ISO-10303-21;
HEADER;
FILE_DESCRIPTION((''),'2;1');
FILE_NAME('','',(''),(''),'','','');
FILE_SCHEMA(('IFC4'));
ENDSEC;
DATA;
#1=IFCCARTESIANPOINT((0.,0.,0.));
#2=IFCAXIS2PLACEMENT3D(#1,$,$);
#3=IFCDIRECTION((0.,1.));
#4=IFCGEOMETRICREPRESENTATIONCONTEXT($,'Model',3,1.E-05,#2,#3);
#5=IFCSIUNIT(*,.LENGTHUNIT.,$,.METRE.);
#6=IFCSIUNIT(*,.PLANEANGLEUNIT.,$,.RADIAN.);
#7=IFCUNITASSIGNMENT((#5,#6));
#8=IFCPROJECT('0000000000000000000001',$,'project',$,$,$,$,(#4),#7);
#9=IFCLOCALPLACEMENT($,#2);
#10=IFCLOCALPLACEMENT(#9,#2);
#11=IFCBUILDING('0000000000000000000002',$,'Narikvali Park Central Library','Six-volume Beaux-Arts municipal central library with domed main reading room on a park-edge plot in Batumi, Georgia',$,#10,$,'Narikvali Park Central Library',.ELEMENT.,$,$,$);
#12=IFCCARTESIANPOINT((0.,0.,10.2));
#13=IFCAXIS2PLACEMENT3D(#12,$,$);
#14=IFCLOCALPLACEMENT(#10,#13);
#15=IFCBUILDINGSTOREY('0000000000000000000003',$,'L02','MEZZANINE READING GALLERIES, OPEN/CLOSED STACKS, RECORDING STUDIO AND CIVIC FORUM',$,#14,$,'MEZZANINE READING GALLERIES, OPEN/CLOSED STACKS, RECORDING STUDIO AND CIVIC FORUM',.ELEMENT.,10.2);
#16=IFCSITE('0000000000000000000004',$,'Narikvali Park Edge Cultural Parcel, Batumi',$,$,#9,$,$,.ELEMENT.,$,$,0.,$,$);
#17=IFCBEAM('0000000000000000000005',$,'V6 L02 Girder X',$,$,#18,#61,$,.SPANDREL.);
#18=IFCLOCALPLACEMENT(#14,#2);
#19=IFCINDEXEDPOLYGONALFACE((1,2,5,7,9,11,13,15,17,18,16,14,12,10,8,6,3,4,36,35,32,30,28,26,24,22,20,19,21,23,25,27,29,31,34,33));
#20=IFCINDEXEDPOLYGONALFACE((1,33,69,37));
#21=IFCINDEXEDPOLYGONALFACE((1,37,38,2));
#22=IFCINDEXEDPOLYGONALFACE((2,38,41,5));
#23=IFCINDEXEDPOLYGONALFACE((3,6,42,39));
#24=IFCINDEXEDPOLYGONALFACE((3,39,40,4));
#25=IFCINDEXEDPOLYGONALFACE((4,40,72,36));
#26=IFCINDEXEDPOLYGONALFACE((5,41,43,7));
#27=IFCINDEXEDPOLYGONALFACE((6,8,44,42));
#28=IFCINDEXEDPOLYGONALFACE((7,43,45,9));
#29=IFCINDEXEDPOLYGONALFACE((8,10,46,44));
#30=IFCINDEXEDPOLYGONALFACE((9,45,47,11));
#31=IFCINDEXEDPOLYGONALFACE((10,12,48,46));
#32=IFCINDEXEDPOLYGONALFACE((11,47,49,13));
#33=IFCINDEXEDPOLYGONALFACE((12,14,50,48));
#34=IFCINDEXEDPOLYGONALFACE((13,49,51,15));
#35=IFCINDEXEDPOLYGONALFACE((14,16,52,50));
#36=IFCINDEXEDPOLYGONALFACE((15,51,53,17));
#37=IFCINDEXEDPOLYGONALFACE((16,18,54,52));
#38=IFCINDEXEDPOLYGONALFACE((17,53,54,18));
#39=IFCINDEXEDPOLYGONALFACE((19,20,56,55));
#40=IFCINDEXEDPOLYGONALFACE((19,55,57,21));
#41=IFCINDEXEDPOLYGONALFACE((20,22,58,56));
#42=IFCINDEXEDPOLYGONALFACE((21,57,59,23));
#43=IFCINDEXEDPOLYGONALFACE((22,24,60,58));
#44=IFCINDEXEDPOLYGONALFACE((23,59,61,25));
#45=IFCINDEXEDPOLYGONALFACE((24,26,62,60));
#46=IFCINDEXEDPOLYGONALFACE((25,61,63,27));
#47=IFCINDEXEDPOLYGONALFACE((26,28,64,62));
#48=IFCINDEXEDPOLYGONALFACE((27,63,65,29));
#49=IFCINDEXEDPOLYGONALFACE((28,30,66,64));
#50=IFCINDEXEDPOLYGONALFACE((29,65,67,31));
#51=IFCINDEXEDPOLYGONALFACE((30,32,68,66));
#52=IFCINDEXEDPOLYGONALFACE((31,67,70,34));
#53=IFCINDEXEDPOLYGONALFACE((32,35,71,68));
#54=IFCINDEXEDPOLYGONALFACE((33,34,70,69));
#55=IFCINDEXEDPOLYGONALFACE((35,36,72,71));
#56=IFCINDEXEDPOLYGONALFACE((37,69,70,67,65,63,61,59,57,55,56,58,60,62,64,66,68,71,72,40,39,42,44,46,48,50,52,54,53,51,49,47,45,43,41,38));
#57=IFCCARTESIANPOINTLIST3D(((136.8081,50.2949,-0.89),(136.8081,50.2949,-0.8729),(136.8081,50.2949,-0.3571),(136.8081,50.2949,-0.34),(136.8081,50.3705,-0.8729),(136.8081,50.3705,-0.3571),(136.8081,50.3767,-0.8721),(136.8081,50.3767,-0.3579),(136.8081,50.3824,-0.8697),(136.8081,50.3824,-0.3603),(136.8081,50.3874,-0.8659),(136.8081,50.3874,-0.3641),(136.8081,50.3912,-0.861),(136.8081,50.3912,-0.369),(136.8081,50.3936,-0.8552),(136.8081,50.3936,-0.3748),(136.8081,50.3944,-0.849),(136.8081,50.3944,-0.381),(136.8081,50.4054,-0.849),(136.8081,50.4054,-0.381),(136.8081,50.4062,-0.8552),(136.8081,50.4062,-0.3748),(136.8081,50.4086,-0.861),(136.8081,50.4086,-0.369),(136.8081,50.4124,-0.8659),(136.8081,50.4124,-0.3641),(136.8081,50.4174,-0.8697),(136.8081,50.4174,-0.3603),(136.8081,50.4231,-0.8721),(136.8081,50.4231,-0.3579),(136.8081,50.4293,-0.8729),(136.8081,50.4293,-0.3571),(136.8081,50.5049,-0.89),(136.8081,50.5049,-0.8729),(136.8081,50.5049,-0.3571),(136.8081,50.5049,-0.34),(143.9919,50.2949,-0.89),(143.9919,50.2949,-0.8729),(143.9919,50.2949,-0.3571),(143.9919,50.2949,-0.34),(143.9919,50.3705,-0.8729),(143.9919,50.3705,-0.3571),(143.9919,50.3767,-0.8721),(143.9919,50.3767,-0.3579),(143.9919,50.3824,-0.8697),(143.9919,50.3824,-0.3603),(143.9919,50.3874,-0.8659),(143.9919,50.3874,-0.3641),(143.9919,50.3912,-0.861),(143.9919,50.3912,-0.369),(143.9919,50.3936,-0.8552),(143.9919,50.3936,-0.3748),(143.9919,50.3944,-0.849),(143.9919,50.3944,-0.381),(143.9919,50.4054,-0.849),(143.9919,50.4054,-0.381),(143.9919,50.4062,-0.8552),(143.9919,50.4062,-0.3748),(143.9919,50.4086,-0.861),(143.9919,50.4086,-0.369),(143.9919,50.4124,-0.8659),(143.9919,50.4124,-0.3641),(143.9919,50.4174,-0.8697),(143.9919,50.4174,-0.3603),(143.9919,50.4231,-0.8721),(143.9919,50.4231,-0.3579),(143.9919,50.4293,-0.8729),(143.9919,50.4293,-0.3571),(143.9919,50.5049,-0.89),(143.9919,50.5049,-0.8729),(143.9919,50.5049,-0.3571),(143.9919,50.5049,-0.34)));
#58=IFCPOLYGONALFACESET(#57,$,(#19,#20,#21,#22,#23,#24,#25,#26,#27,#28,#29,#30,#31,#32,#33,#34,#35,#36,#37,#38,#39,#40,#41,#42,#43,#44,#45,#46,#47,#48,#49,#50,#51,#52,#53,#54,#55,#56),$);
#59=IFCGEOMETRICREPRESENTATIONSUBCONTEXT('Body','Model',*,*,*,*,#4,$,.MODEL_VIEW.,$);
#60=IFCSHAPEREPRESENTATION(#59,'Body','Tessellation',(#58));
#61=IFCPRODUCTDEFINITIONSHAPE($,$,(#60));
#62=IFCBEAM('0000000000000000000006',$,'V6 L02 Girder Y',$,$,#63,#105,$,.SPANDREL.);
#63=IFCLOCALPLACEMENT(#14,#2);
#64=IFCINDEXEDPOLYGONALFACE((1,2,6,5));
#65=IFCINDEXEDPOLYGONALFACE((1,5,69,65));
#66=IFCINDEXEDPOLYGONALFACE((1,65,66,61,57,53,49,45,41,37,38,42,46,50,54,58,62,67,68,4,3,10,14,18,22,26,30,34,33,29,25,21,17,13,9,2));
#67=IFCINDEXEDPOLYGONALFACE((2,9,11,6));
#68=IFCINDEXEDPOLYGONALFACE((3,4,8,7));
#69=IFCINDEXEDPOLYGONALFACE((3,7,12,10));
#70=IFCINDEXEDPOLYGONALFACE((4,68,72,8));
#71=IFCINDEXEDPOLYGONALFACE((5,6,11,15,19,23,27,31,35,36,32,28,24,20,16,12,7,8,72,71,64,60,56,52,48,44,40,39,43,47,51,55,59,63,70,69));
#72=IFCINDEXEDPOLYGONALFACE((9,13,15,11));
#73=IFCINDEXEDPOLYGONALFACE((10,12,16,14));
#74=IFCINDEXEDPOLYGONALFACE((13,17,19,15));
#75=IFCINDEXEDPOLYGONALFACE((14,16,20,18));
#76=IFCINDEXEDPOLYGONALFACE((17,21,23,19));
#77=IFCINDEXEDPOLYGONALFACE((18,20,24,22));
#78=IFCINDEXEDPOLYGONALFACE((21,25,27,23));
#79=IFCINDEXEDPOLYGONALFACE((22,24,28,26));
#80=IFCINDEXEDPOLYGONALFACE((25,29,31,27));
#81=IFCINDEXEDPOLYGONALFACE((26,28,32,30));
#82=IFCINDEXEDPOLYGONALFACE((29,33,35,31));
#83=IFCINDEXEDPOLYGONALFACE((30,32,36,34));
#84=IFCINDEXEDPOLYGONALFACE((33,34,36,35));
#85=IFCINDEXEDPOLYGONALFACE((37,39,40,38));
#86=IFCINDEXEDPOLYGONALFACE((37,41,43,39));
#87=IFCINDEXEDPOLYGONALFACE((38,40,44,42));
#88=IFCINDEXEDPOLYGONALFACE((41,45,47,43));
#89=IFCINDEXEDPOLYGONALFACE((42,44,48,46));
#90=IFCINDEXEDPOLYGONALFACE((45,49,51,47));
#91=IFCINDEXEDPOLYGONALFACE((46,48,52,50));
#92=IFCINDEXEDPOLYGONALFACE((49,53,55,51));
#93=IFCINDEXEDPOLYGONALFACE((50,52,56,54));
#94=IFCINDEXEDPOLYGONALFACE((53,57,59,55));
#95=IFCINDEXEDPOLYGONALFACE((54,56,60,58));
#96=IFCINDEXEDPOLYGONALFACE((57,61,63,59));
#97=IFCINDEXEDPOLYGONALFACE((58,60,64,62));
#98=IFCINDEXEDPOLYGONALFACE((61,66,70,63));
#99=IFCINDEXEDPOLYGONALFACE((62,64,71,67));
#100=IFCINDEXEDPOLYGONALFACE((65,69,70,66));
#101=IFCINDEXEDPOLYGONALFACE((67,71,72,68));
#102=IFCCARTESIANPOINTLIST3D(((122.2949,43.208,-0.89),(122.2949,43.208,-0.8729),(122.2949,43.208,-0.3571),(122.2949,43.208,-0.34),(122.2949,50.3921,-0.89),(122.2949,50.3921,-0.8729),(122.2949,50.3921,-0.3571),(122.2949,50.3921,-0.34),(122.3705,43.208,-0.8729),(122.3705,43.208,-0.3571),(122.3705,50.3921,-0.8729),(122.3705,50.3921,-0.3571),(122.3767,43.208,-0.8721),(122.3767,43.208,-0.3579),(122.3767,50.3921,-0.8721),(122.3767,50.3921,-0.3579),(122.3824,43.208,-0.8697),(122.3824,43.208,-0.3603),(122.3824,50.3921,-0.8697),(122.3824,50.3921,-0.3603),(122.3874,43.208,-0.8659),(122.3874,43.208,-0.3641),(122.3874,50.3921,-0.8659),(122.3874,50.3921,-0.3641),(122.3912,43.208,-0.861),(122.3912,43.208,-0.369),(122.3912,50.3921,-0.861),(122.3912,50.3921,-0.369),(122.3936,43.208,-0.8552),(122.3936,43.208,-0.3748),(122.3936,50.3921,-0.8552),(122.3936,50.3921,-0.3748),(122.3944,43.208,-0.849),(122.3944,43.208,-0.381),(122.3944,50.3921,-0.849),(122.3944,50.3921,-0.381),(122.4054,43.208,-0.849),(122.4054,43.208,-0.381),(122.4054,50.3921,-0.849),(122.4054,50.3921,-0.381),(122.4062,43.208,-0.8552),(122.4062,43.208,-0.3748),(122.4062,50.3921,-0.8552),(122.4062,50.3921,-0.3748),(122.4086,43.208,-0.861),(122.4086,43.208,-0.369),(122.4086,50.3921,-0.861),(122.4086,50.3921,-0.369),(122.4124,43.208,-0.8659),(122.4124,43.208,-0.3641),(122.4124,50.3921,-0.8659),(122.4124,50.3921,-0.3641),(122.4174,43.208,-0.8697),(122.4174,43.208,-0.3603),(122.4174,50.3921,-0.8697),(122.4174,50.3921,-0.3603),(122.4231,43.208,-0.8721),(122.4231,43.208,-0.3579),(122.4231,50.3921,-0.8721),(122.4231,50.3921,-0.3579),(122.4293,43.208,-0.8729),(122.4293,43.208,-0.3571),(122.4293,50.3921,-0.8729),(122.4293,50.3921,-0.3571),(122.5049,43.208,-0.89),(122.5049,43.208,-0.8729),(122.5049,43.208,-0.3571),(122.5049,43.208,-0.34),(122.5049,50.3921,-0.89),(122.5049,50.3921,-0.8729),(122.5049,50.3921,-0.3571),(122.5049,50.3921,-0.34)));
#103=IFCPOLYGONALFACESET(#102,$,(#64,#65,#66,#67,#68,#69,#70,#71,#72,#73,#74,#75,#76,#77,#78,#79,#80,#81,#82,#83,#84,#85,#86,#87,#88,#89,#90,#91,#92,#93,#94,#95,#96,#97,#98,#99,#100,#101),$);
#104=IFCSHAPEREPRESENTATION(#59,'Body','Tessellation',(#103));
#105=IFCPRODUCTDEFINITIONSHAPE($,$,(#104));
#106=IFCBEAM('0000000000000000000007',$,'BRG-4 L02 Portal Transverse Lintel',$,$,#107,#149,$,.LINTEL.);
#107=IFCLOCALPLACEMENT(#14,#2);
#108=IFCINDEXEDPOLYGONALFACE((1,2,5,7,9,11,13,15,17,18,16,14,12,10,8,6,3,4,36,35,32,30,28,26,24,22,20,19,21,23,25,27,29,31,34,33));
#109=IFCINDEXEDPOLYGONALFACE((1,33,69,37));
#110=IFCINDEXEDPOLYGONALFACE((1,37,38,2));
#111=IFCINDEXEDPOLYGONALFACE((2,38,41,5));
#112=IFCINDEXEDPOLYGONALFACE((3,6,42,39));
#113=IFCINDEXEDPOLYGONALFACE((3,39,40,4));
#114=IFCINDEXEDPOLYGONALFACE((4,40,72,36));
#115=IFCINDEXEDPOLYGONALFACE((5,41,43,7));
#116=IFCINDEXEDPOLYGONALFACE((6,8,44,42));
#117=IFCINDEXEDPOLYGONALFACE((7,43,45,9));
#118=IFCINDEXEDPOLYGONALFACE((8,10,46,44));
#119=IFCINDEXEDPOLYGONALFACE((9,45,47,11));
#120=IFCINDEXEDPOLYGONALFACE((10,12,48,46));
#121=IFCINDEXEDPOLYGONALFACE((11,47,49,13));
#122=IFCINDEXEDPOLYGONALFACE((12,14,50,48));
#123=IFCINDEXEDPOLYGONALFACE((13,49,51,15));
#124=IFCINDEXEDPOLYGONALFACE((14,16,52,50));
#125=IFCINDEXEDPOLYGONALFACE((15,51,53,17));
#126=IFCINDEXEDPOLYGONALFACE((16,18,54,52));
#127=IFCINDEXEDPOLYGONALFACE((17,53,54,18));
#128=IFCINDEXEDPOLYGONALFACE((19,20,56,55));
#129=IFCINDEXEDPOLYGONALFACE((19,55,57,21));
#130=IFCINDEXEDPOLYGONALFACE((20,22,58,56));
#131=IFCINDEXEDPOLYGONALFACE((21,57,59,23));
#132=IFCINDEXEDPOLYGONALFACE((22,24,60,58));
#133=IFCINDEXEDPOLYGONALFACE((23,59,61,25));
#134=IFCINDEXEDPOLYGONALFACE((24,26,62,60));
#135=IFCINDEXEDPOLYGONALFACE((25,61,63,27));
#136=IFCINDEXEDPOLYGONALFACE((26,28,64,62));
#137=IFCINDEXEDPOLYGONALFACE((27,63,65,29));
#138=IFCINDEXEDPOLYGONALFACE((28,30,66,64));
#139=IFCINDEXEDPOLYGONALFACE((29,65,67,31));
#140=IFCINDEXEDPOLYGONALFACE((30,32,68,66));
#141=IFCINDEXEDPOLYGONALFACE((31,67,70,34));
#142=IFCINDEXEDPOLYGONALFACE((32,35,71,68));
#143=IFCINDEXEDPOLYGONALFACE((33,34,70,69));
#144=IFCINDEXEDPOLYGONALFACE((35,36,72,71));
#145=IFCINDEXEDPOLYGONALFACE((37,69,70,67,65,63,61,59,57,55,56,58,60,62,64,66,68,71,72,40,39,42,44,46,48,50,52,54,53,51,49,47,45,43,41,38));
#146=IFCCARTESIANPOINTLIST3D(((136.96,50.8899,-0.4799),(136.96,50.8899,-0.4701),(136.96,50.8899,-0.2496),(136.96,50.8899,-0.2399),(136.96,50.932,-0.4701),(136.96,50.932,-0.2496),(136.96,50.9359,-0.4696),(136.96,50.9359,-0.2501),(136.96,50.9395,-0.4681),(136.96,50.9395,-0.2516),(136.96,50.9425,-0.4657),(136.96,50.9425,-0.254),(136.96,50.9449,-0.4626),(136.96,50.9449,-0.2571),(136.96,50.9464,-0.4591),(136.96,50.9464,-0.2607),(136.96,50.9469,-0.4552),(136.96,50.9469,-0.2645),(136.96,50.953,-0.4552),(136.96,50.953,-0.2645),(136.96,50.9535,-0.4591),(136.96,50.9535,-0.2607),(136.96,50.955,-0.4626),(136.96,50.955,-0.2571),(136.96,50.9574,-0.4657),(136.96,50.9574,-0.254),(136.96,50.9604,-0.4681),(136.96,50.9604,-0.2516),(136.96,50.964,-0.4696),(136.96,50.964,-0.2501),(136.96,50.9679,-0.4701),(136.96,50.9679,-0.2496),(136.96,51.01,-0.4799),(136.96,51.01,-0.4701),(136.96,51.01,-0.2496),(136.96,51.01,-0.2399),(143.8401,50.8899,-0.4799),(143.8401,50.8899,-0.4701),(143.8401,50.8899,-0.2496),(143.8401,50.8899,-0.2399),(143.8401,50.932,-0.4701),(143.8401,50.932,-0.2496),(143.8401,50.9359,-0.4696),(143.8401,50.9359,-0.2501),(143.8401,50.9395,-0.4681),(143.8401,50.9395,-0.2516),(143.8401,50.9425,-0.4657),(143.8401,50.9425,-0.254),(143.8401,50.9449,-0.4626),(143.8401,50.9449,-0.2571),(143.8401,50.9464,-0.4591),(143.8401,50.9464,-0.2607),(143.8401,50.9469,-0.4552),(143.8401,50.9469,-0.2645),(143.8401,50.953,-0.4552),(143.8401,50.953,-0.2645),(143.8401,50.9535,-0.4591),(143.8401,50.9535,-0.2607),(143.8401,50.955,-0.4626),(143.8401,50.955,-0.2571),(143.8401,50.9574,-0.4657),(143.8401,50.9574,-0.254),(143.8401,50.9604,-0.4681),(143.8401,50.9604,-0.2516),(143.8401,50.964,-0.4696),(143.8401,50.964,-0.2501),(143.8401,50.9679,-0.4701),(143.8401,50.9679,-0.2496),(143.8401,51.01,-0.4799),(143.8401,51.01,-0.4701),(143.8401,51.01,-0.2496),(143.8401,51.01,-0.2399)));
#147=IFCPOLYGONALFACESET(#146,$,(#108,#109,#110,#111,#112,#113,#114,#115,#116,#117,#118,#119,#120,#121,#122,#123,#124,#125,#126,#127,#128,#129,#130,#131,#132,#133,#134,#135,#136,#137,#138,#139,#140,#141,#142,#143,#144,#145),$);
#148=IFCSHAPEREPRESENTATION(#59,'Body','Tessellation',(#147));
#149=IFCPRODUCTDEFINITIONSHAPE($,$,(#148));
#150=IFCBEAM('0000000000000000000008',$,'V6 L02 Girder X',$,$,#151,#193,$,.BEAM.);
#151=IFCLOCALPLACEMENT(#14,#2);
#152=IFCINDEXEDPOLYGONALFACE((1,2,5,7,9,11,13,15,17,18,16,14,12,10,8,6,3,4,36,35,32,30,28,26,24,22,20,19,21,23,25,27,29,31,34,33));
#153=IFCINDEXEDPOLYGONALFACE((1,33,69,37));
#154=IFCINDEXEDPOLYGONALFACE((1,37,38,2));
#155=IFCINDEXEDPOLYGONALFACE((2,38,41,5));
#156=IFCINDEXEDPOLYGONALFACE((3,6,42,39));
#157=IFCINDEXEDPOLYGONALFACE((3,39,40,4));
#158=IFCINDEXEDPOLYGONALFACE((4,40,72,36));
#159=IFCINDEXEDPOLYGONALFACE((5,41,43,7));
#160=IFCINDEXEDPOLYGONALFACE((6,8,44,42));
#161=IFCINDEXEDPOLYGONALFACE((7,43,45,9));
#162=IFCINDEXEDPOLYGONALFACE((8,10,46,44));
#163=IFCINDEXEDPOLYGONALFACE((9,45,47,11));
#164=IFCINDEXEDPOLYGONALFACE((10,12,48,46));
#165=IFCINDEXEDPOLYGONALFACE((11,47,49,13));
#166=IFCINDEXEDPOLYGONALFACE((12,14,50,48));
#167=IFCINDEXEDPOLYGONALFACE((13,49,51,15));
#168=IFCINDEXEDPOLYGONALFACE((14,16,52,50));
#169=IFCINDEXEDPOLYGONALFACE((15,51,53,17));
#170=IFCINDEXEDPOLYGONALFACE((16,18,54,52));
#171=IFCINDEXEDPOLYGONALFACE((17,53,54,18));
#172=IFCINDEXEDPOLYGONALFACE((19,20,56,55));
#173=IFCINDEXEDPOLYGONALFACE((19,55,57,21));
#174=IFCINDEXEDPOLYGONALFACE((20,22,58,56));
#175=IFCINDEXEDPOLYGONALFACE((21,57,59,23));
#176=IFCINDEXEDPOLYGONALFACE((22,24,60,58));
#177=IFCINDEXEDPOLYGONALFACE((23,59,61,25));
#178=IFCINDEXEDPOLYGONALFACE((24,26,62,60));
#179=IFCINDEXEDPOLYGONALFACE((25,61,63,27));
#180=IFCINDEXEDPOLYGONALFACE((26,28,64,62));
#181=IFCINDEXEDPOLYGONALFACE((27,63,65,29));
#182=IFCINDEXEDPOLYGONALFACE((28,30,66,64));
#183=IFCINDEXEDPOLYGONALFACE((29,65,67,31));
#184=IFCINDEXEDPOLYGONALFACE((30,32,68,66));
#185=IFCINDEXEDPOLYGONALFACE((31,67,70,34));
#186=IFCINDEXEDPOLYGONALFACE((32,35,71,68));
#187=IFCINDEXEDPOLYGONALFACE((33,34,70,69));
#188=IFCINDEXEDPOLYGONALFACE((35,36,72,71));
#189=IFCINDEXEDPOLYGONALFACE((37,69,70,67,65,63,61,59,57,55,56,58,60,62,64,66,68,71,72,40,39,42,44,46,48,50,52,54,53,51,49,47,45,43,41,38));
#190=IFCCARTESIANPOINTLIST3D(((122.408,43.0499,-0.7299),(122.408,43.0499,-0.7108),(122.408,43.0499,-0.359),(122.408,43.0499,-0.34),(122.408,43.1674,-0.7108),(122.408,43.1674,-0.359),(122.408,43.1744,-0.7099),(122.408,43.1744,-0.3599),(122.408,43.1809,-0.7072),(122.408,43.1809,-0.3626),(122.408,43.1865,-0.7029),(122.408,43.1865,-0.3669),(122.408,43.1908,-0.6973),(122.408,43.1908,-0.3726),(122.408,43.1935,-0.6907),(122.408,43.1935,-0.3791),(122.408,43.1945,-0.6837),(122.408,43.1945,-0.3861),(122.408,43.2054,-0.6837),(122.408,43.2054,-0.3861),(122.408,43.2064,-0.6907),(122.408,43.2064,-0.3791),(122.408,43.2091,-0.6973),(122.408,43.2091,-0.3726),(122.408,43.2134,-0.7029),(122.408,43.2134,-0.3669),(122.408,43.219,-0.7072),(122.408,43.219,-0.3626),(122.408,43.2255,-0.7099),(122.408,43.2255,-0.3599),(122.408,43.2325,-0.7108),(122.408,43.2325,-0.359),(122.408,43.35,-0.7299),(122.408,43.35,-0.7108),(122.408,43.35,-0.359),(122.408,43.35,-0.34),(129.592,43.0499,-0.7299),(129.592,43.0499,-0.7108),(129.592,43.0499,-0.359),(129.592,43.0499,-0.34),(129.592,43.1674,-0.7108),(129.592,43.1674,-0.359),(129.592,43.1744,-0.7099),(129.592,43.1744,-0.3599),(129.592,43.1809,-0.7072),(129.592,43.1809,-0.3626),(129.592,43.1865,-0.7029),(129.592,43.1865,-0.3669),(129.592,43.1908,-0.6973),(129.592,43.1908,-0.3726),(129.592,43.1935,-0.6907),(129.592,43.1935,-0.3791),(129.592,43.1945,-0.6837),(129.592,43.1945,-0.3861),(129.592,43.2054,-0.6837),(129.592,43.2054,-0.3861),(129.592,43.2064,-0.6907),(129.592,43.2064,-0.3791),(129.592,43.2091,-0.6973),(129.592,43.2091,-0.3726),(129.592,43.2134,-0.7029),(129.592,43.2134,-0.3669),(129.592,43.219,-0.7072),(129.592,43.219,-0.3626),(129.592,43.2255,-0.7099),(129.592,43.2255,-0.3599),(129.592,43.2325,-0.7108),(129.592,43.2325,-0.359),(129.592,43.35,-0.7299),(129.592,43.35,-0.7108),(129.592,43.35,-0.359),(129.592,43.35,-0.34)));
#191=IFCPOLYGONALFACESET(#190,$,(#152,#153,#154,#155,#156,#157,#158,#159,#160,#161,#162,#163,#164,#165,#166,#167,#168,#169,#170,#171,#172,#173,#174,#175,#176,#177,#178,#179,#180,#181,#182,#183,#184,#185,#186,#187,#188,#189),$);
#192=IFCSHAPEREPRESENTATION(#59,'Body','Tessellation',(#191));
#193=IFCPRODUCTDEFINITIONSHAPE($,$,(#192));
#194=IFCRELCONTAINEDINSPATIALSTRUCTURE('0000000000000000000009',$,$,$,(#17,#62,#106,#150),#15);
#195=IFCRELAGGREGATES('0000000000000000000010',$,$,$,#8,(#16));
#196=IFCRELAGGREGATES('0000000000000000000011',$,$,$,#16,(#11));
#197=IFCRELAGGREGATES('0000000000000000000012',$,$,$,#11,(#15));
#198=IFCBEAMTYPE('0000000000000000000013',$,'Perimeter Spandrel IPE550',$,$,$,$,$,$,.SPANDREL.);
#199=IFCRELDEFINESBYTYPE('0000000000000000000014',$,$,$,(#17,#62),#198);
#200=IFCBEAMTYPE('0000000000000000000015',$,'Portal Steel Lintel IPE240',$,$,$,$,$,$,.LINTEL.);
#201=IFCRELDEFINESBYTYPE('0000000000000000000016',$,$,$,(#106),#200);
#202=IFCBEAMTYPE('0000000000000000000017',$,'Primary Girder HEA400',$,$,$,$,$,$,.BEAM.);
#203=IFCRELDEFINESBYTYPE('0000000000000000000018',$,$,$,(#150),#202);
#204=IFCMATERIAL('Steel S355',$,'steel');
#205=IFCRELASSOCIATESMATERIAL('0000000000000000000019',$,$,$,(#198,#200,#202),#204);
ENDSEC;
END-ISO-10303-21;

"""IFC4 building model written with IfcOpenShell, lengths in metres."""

from ifc_helpers import new_model, si_unit, direction, frame, origin, origin_2d, place, context, subcontext, project, spatial, i_section, extrude, material, material_profile, profile_set, type_object, element, save


model = new_model("IFC4")

# Units and contexts
model_context = context("Model", 3, precision=1e-05, world=origin(), true_north=direction((0.0, 1.0)))
body_context = subcontext(model_context, "Body", "Model", "MODEL_VIEW")
ifc_project = project(units=[si_unit("LENGTHUNIT", "METRE"), si_unit("PLANEANGLEUNIT", "RADIAN")], contexts=[model_context])

# Site, building, storey
site_placement = place(None, origin())
site = spatial("IfcSite", under=ifc_project, at=site_placement, Name="Narikvali Park Edge Cultural Parcel, Batumi", CompositionType="ELEMENT", RefElevation=0.0)
building_placement = place(site_placement, origin())
building = spatial("IfcBuilding", under=site, at=building_placement, Name="Narikvali Park Central Library", Description="Six-volume Beaux-Arts municipal central library with domed main reading room on a park-edge plot in Batumi, Georgia", LongName="Narikvali Park Central Library", CompositionType="ELEMENT")
storey_placement = place(building_placement, frame((0.0, 0.0, 10.2)))
storey = spatial("IfcBuildingStorey", under=building, at=storey_placement, Name="L02", Description="MEZZANINE READING GALLERIES, OPEN/CLOSED STACKS, RECORDING STUDIO AND CIVIC FORUM", LongName="MEZZANINE READING GALLERIES, OPEN/CLOSED STACKS, RECORDING STUDIO AND CIVIC FORUM", CompositionType="ELEMENT", Elevation=10.2)

# Beams
ifc_material_1 = material(Name="Steel S355", Category="steel")
ifc_material_profile_1 = material_profile(ifc_material_1, i_section(OverallWidth=0.21, OverallDepth=0.55, WebThickness=0.011, FlangeThickness=0.0171, FilletRadius=0.0239, at=origin_2d()), Name="IPE 550")
ifc_profile_set_1 = profile_set([ifc_material_profile_1], Name="Steel S355")
beam_type_1 = type_object("IfcBeamType", Name="Perimeter Spandrel IPE550", PredefinedType="SPANDREL", material=ifc_profile_set_1)
beam_1_placement = place(storey_placement, frame((136.8081, 50.3999, -0.615), z_axis=(1.0, 0.0, 0.0), x_axis=(0.0, 1.0, 0.0)))
element("IfcBeam", 1, at=beam_1_placement, inside=storey, type_object=beam_type_1, Name="V6 L02 Girder X", PredefinedType="SPANDREL", context=body_context, shape_type="SweptSolid", body=[
    extrude(i_section(OverallWidth=0.21, OverallDepth=0.55, WebThickness=0.011, FlangeThickness=0.0171, FilletRadius=0.0239, at=origin_2d()), origin(), (0.0, 0.0, 1.0), 7.1838),
])
beam_2_placement = place(storey_placement, frame((122.3999, 43.208, -0.615), z_axis=(0.0, 1.0, 0.0), x_axis=(-1.0, 0.0, 0.0)))
element("IfcBeam", 2, at=beam_2_placement, inside=storey, type_object=beam_type_1, Name="V6 L02 Girder Y", PredefinedType="SPANDREL", context=body_context, shape_type="SweptSolid", body=[
    extrude(i_section(OverallWidth=0.21, OverallDepth=0.55, WebThickness=0.011, FlangeThickness=0.0171, FilletRadius=0.0239, at=origin_2d()), origin(), (0.0, 0.0, 1.0), 7.1841),
])
ifc_material_profile_2 = material_profile(ifc_material_1, i_section(OverallWidth=0.1201, OverallDepth=0.24, WebThickness=0.0061, FlangeThickness=0.0098, FilletRadius=0.0149, at=origin_2d()), Name="IPE 240")
ifc_profile_set_2 = profile_set([ifc_material_profile_2], Name="Steel S355")
beam_type_2 = type_object("IfcBeamType", Name="Portal Steel Lintel IPE240", PredefinedType="LINTEL", material=ifc_profile_set_2)
beam_3_placement = place(storey_placement, frame((136.96, 50.95, -0.3599), z_axis=(1.0, 0.0, 0.0), x_axis=(0.0, 1.0, 0.0)))
element("IfcBeam", 3, at=beam_3_placement, inside=storey, type_object=beam_type_2, Name="BRG-4 L02 Portal Transverse Lintel", PredefinedType="LINTEL", context=body_context, shape_type="SweptSolid", body=[
    extrude(i_section(OverallWidth=0.1201, OverallDepth=0.24, WebThickness=0.0061, FlangeThickness=0.0098, FilletRadius=0.0149, at=origin_2d()), origin(), (0.0, 0.0, 1.0), 6.8801),
])
ifc_material_profile_3 = material_profile(ifc_material_1, i_section(OverallWidth=0.3, OverallDepth=0.3899, WebThickness=0.011, FlangeThickness=0.019, FilletRadius=0.0271, at=origin_2d()), Name="HEA 400")
ifc_profile_set_3 = profile_set([ifc_material_profile_3], Name="Steel S355")
beam_type_3 = type_object("IfcBeamType", Name="Primary Girder HEA400", PredefinedType="BEAM", material=ifc_profile_set_3)
for number, where, z_axis, x_axis, name in (
    (4, (122.408, 43.2, -0.5349), (1.0, 0.0, 0.0), (0.0, 1.0, 0.0), "V6 L02 Girder X"),
):
    element("IfcBeam", number, at=place(storey_placement, frame(where, z_axis=z_axis, x_axis=x_axis)), inside=storey, type_object=beam_type_3, Name=name, PredefinedType="BEAM", context=body_context, shape_type="SweptSolid", body=[
        extrude(i_section(OverallWidth=0.3, OverallDepth=0.3899, WebThickness=0.011, FlangeThickness=0.019, FilletRadius=0.0271, at=origin_2d()), origin(), (0.0, 0.0, 1.0), 7.1841),
    ])

save(model, "model.ifc")
